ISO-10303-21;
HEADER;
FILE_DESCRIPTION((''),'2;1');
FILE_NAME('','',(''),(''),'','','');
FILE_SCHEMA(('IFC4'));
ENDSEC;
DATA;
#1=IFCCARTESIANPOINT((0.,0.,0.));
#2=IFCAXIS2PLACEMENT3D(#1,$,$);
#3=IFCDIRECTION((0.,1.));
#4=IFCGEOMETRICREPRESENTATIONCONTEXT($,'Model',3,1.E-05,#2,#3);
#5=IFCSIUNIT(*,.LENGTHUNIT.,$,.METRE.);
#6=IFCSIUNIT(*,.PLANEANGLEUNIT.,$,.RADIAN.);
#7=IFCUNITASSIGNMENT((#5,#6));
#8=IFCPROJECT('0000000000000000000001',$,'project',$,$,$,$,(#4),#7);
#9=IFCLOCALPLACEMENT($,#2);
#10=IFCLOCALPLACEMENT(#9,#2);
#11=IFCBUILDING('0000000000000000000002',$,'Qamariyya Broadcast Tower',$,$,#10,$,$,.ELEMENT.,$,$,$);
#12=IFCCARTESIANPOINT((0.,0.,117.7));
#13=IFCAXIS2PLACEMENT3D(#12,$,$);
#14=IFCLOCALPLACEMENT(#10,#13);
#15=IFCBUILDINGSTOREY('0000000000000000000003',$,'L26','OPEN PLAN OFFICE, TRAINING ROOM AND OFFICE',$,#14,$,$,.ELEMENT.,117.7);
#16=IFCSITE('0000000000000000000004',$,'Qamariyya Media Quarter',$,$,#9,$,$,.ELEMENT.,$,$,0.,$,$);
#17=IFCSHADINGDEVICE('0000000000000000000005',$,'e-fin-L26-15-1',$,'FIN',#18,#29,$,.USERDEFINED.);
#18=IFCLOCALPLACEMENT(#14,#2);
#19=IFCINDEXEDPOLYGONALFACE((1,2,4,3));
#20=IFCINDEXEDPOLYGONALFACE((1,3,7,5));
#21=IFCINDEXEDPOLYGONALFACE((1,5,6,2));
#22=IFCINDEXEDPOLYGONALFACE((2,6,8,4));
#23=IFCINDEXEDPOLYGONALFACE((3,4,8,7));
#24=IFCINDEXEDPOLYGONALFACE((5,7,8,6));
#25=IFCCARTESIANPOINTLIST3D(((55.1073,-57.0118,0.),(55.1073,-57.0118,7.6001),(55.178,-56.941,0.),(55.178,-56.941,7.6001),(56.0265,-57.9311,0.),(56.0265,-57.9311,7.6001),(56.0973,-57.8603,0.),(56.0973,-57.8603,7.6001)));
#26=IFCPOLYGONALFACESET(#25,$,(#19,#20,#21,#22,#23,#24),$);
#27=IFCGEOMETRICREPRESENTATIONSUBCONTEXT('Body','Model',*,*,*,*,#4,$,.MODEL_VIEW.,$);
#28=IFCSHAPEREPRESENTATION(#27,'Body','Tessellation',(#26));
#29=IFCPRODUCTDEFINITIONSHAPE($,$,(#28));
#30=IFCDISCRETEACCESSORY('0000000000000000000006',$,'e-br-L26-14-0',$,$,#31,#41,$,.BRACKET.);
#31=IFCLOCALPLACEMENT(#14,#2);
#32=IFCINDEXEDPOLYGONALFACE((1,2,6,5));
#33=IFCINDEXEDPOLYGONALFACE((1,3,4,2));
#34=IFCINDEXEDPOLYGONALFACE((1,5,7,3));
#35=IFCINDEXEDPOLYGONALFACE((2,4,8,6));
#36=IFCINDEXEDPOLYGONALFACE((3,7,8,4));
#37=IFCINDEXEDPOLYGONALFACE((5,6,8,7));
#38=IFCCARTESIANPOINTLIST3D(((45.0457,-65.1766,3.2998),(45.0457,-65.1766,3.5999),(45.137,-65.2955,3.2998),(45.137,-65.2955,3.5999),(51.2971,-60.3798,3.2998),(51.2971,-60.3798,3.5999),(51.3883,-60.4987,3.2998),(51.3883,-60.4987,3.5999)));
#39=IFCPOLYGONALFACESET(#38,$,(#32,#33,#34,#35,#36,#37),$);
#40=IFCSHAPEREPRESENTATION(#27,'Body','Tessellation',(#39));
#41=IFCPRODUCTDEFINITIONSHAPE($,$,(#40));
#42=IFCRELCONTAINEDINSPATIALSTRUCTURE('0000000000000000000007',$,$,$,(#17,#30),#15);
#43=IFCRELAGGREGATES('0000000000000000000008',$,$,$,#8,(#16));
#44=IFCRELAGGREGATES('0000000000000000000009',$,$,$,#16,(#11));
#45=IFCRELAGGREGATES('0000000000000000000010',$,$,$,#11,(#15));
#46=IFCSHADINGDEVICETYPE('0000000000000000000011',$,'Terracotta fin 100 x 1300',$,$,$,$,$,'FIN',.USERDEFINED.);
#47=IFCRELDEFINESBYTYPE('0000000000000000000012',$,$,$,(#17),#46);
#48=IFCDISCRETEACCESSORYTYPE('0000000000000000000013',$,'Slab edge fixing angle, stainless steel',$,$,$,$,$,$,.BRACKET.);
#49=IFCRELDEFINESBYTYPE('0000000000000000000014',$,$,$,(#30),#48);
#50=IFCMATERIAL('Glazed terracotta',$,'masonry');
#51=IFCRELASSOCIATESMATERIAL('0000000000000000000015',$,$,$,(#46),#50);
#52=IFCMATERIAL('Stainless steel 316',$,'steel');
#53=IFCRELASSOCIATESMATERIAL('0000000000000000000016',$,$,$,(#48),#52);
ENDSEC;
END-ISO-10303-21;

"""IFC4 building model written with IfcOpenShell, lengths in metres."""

from ifc_helpers import new_model, si_unit, direction, frame, origin, origin_2d, place, context, subcontext, project, spatial, rectangle, extrude, material, material_profile, profile_set, type_object, element, save


model = new_model("IFC4")

# Units and contexts
model_context = context("Model", 3, precision=1e-05, world=origin(), true_north=direction((0.0, 1.0)))
body_context = subcontext(model_context, "Body", "Model", "MODEL_VIEW")
ifc_project = project(units=[si_unit("LENGTHUNIT", "METRE"), si_unit("PLANEANGLEUNIT", "RADIAN")], contexts=[model_context])

# Site, building, storey
site_placement = place(None, origin())
site = spatial("IfcSite", under=ifc_project, at=site_placement, Name="Qamariyya Media Quarter", CompositionType="ELEMENT", RefElevation=0.0)
building_placement = place(site_placement, origin())
building = spatial("IfcBuilding", under=site, at=building_placement, Name="Qamariyya Broadcast Tower", CompositionType="ELEMENT")
storey_placement = place(building_placement, frame((0.0, 0.0, 117.7)))
storey = spatial("IfcBuildingStorey", under=building, at=storey_placement, Name="L26", Description="OPEN PLAN OFFICE, TRAINING ROOM AND OFFICE", CompositionType="ELEMENT", Elevation=117.7)

# Shading device
ifc_material_1 = material(Name="Glazed terracotta", Category="masonry")
ifc_material_profile_1 = material_profile(ifc_material_1, rectangle(XDim=1.3, YDim=0.1001, at=origin_2d()))
ifc_profile_set_1 = profile_set([ifc_material_profile_1], Name="Glazed terracotta")
shading_device_type_1 = type_object("IfcShadingDeviceType", Name="Terracotta fin 100 x 1300", ElementType="FIN", PredefinedType="USERDEFINED", material=ifc_profile_set_1)
for number, where, z_axis, x_axis, name in (
    (1, (55.6023, -57.436, 0.0), (0.0, 0.0, 1.0), (0.707107, -0.707107, 0.0), "e-fin-L26-15-1"),
):
    element("IfcShadingDevice", number, at=place(storey_placement, frame(where, z_axis=z_axis, x_axis=x_axis)), inside=storey, type_object=shading_device_type_1, Name=name, ObjectType="FIN", PredefinedType="USERDEFINED", context=body_context, shape_type="SweptSolid", body=[
        extrude(rectangle(XDim=1.3, YDim=0.1001, at=origin_2d()), origin(), (0.0, 0.0, 1.0), 7.6001),
    ])

# Discrete accessory
ifc_material_2 = material(Name="Stainless steel 316", Category="steel")
discrete_accessory_type = type_object("IfcDiscreteAccessoryType", Name="Slab edge fixing angle, stainless steel", PredefinedType="BRACKET", material=ifc_material_2)
discrete_accessory_placement = place(storey_placement, frame((48.217, -62.8376, 3.2998), z_axis=(0.0, 0.0, 1.0), x_axis=(0.793353, 0.608761, 0.0)))
element("IfcDiscreteAccessory", 2, at=discrete_accessory_placement, inside=storey, type_object=discrete_accessory_type, Name="e-br-L26-14-0", PredefinedType="BRACKET", context=body_context, shape_type="SweptSolid", body=[
    extrude(rectangle(XDim=7.8796, YDim=0.1499, at=origin_2d()), origin(), (0.0, 0.0, 1.0), 0.3),
])

save(model, "model.ifc")
